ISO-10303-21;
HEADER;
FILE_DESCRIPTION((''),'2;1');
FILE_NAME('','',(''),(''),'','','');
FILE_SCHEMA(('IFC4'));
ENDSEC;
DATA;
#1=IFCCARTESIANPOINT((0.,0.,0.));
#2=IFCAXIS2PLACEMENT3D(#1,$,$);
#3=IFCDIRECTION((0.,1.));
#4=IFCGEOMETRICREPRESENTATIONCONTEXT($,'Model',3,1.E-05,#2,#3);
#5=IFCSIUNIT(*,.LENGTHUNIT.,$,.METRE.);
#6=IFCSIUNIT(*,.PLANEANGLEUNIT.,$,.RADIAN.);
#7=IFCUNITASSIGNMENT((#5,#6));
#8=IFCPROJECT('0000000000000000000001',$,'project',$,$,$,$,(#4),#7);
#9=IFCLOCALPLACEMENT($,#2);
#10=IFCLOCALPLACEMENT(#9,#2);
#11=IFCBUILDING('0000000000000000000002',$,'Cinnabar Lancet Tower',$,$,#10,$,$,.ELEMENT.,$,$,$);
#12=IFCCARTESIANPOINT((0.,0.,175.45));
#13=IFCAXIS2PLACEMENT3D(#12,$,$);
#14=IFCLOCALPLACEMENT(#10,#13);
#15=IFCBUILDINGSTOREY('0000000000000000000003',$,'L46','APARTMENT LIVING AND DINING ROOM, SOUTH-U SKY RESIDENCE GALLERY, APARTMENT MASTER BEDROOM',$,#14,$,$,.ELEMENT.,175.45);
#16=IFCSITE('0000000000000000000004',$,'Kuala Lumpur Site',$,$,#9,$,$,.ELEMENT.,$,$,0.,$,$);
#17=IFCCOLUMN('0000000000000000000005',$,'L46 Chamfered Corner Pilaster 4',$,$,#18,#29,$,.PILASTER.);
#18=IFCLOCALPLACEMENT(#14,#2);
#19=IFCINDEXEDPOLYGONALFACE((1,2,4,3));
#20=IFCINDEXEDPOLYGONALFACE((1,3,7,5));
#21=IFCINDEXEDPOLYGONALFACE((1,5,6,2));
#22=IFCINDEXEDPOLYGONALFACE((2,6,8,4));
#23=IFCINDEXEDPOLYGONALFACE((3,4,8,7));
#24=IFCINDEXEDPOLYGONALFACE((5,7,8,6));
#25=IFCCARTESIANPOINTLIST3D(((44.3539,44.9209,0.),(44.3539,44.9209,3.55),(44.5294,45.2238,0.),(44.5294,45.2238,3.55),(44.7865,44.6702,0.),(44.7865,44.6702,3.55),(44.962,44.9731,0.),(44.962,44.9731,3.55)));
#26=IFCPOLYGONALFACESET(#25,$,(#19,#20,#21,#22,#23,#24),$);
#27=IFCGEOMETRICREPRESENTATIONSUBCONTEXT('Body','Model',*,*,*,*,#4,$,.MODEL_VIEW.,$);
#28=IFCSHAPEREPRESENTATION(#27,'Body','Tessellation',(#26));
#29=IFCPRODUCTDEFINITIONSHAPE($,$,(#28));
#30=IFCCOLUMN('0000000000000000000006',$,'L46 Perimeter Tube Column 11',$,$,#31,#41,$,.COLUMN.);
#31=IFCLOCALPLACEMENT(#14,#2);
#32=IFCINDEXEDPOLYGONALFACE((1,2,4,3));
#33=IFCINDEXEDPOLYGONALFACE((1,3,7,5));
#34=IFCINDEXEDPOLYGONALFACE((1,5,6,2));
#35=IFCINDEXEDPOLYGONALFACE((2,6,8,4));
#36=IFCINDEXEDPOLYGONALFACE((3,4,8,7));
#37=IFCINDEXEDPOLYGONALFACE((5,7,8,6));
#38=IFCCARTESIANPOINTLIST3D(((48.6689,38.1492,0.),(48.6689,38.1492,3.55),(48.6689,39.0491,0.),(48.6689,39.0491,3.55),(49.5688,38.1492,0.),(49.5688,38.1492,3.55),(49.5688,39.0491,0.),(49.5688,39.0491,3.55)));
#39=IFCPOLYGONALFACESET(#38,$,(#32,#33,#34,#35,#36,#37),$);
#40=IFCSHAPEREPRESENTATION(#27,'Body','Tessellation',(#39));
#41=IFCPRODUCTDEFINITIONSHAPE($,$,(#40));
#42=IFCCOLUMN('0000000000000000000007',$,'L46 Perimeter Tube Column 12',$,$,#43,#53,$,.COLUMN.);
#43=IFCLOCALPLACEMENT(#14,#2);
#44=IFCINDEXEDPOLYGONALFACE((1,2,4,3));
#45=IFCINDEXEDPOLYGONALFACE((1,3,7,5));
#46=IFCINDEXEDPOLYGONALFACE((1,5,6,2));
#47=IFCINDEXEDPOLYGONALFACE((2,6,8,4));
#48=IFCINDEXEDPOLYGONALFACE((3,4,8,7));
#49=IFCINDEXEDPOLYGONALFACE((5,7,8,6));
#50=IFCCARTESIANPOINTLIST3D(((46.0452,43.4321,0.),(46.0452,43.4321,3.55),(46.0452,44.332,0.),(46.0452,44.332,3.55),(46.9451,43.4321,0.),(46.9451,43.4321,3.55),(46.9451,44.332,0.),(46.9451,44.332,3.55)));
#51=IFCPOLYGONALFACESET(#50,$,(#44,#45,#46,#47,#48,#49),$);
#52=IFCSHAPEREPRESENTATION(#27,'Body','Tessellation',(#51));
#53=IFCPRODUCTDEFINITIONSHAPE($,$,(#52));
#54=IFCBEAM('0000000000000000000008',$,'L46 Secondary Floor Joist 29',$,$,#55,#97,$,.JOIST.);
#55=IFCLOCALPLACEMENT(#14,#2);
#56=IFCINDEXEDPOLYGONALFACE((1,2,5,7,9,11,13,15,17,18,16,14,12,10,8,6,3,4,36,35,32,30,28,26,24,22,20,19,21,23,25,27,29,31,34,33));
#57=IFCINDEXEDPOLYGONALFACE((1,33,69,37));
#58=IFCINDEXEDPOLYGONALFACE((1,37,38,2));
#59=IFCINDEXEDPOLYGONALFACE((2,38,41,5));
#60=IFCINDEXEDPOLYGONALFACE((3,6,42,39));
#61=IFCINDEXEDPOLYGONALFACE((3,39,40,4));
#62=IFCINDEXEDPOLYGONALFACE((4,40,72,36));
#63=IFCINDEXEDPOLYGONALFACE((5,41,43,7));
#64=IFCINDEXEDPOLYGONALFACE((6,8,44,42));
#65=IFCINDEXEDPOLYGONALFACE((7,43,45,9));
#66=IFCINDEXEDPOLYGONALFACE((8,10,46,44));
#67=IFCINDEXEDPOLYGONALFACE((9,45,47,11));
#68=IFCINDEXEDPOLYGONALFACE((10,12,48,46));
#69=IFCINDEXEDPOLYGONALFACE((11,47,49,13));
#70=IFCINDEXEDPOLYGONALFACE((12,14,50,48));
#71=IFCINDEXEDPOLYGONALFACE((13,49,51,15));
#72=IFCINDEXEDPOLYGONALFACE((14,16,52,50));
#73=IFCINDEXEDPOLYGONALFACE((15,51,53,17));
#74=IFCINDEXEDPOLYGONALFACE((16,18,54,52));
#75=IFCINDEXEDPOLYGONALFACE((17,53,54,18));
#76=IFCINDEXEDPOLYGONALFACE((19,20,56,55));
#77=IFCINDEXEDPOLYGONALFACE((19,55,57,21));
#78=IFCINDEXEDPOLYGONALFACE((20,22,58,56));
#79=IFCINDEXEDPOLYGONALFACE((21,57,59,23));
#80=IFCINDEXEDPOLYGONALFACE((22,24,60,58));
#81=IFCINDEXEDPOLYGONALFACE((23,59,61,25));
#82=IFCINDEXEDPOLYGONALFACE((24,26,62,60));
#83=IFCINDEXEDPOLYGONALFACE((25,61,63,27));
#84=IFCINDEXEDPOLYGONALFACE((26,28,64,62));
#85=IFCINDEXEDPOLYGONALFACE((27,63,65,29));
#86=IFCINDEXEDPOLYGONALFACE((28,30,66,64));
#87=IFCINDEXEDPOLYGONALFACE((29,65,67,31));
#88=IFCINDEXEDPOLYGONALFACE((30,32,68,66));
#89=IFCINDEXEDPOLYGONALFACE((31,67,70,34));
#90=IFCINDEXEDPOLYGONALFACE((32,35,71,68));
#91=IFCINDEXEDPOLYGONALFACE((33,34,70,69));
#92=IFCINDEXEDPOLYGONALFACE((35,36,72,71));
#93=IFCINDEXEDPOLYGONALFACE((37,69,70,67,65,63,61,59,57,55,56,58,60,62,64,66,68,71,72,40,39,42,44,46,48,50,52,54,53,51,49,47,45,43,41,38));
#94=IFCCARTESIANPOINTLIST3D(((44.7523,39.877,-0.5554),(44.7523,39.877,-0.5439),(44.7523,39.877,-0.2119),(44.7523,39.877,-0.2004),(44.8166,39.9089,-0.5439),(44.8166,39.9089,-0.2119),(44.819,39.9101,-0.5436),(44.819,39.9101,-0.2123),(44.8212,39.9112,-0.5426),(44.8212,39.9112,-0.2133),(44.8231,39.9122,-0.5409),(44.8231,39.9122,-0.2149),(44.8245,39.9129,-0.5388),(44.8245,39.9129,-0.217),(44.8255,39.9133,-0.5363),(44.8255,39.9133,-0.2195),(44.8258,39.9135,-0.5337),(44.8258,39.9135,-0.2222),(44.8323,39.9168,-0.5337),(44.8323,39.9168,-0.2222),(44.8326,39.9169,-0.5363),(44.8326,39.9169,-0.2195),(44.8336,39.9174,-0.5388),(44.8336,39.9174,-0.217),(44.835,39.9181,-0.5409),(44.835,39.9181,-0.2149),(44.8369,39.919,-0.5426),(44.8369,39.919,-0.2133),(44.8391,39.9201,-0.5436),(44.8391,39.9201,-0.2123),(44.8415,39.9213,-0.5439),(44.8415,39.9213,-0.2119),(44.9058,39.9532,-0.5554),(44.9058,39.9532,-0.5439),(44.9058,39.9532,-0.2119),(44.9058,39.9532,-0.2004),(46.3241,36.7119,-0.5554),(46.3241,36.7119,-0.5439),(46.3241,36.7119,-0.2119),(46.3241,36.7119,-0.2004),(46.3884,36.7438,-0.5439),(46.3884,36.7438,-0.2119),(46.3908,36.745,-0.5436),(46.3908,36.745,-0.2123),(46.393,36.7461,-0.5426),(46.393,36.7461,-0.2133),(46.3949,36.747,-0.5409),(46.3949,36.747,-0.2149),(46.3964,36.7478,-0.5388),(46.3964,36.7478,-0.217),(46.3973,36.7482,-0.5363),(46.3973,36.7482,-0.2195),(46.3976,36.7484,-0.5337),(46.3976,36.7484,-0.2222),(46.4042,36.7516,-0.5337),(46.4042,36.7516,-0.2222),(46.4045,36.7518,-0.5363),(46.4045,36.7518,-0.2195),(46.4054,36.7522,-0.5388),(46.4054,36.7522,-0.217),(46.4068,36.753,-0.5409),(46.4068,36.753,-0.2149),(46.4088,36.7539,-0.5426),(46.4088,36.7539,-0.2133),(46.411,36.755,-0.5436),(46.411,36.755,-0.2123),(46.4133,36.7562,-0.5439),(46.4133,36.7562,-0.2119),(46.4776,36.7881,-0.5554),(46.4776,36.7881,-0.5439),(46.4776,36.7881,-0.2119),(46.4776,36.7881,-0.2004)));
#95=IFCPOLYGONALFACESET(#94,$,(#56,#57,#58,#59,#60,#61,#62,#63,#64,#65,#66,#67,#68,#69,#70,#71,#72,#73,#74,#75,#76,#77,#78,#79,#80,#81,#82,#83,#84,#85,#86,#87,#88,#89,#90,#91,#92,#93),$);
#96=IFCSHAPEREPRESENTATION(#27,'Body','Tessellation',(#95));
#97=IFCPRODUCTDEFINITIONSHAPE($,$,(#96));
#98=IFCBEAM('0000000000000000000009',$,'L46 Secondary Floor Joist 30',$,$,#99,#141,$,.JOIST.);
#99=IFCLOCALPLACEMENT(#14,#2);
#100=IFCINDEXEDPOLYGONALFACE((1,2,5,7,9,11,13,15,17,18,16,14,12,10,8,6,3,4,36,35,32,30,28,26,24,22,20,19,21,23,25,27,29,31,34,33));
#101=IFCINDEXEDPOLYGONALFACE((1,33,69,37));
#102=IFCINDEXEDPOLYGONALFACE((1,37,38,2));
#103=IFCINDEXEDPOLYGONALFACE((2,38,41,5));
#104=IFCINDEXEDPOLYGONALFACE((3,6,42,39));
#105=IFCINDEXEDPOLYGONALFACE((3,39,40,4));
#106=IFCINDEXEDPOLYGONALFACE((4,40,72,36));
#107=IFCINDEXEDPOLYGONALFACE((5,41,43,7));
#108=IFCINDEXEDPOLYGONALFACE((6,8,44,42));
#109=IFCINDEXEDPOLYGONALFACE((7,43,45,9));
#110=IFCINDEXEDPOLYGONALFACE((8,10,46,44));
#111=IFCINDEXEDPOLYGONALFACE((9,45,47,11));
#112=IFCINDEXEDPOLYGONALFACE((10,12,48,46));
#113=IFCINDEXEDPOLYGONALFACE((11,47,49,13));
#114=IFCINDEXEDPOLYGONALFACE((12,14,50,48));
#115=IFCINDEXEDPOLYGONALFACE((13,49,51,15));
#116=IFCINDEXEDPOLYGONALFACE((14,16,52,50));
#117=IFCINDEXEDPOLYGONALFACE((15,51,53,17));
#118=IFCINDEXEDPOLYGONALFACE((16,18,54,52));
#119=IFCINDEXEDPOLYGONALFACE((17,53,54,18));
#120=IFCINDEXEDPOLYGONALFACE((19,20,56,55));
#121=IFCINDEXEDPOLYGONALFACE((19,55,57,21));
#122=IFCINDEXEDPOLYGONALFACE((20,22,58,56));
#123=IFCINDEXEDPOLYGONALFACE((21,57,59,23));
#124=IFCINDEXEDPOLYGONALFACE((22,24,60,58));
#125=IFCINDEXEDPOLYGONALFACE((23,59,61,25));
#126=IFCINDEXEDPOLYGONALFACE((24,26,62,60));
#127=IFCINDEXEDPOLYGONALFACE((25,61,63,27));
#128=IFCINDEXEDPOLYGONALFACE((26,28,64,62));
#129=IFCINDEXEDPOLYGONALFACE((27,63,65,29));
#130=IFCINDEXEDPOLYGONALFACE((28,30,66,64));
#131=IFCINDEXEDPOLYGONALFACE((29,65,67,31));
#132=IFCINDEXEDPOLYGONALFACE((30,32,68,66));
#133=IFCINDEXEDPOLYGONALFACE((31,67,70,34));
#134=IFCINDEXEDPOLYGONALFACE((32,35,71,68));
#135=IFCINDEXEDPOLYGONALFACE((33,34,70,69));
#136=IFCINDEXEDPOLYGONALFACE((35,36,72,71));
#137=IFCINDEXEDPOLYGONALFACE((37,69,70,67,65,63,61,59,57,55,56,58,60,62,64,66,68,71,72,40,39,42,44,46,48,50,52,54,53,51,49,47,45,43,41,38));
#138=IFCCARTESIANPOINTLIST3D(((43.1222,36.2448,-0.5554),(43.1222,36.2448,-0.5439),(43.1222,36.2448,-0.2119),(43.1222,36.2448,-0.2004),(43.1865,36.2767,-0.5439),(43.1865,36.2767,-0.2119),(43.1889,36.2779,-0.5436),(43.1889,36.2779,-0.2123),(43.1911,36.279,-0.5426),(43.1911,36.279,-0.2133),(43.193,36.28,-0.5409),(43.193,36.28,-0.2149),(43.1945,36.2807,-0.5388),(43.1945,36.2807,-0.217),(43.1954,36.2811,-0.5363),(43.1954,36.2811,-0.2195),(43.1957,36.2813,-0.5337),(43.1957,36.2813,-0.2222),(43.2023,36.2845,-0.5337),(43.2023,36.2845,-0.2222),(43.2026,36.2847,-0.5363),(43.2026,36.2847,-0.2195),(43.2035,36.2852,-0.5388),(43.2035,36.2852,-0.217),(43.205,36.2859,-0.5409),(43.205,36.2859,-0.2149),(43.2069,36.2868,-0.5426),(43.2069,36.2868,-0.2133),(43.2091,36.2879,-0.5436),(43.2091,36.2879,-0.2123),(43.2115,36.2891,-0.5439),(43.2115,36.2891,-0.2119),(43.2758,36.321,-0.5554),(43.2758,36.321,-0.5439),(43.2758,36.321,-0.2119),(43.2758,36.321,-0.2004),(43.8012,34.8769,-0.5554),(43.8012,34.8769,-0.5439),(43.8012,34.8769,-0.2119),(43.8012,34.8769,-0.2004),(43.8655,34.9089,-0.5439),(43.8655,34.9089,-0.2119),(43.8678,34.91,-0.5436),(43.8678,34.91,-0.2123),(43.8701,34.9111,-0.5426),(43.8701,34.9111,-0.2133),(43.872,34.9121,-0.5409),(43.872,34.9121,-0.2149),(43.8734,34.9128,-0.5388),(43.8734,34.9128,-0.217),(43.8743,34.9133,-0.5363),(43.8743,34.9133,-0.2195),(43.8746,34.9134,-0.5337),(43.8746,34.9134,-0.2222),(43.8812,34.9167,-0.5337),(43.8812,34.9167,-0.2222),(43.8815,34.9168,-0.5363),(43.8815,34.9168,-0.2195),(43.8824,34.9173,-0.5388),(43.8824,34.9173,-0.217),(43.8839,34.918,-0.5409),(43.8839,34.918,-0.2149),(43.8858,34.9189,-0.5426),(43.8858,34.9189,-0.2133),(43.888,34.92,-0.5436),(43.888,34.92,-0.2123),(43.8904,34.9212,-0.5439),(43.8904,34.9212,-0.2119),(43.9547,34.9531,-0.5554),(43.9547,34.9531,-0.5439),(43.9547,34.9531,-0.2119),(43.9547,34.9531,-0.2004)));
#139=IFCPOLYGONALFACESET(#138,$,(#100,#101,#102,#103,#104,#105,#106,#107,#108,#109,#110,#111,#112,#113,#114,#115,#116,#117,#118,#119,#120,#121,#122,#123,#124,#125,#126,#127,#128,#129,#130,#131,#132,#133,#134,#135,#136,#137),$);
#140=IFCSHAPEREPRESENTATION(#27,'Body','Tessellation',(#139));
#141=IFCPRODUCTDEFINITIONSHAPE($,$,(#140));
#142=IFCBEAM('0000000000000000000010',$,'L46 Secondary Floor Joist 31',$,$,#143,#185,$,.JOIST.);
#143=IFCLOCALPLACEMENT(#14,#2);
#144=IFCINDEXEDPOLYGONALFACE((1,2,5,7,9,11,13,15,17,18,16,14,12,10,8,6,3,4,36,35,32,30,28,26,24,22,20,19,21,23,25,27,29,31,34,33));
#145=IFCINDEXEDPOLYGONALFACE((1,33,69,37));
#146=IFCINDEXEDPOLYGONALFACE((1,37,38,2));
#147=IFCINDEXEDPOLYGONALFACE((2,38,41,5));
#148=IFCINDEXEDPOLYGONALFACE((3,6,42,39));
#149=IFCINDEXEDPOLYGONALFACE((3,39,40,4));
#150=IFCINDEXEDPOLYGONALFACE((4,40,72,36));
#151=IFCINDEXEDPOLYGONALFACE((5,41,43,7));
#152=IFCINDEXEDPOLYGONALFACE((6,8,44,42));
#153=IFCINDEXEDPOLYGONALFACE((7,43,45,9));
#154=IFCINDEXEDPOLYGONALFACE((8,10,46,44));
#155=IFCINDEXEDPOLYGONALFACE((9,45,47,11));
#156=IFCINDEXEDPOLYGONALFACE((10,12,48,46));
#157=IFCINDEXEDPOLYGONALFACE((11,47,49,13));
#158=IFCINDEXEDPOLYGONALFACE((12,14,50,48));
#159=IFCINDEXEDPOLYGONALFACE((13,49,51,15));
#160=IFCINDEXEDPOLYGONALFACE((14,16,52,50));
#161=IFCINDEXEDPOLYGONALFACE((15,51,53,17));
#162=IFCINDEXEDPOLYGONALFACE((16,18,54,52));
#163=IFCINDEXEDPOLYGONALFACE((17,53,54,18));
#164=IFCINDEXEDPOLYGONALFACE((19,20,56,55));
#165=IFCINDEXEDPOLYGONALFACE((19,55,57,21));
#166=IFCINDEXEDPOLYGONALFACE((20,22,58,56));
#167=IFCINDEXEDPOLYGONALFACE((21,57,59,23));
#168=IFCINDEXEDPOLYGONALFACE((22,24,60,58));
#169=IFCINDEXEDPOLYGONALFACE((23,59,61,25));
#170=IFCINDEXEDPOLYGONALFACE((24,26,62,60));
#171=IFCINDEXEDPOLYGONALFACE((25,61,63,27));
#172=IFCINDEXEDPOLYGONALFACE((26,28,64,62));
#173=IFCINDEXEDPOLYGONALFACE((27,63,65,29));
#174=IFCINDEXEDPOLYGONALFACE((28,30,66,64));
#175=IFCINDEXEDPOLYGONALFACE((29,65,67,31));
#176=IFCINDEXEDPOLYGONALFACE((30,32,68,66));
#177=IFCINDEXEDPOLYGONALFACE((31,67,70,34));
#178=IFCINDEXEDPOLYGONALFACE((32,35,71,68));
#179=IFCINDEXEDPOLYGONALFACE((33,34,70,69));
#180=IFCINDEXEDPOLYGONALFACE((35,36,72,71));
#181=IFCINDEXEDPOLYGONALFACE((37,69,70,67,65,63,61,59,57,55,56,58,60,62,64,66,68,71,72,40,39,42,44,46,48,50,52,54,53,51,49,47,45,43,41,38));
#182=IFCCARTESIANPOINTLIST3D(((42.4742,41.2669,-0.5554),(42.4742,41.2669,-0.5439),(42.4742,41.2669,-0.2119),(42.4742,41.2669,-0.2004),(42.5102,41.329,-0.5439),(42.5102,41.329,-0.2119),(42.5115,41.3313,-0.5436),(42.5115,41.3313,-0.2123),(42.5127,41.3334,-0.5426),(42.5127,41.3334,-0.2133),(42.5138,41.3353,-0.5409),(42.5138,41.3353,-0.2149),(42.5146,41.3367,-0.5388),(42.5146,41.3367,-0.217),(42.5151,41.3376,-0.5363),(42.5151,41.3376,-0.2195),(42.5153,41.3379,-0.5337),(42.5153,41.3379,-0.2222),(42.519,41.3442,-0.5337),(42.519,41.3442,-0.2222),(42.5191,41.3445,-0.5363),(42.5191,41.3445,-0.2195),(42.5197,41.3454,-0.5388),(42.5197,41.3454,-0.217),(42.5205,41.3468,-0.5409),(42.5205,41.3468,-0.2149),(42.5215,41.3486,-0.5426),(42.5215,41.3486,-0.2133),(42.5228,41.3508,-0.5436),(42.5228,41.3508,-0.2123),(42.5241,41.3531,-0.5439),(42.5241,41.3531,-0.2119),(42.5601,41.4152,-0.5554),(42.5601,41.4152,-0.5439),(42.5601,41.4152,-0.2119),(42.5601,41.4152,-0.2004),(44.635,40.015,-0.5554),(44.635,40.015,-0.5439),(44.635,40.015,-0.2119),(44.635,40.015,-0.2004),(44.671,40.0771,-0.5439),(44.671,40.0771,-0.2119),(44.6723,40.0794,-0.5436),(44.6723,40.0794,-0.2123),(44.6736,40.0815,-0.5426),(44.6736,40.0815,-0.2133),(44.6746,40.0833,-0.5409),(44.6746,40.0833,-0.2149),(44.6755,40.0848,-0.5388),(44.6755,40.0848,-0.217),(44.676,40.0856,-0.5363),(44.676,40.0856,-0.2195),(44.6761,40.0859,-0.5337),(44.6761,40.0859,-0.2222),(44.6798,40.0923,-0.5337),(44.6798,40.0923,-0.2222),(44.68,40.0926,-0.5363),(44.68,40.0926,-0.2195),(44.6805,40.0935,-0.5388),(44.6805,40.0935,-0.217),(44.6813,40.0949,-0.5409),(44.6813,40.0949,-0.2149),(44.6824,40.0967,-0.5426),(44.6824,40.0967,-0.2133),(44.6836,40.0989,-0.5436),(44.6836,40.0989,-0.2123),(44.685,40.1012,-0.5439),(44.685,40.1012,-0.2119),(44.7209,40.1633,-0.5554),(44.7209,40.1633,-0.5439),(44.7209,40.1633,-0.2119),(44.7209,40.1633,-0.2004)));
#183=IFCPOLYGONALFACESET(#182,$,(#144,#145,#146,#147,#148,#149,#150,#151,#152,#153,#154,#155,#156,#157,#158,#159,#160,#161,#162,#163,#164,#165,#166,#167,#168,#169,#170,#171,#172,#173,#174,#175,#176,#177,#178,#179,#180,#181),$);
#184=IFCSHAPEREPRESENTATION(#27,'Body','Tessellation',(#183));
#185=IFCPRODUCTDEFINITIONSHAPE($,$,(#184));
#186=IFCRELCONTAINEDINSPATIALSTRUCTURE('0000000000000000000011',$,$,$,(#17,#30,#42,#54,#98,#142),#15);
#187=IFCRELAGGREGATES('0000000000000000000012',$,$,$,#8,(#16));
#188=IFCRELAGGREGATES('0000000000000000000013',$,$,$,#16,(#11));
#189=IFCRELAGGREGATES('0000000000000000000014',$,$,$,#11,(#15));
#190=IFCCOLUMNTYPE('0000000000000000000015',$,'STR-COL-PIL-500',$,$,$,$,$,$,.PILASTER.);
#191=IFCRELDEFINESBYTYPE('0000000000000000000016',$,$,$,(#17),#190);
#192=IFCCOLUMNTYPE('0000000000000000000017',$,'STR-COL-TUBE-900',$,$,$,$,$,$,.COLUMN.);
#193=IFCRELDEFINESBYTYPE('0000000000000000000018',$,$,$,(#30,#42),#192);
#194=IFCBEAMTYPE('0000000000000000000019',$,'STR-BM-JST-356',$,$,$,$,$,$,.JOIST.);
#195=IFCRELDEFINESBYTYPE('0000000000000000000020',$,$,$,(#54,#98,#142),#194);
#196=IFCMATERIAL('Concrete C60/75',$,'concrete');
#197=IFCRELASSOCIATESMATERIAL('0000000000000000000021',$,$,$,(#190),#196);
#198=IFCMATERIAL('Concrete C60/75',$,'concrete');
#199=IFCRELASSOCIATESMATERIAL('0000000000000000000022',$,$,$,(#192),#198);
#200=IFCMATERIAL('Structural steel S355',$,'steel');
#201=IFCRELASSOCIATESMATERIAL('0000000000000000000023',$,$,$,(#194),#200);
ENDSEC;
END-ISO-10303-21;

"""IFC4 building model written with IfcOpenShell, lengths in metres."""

from ifc_helpers import new_model, si_unit, direction, frame, origin, origin_2d, place, context, subcontext, project, spatial, rectangle, i_section, extrude, material, material_profile, profile_set, type_object, element, save


model = new_model("IFC4")

# Units and contexts
model_context = context("Model", 3, precision=1e-05, world=origin(), true_north=direction((0.0, 1.0)))
body_context = subcontext(model_context, "Body", "Model", "MODEL_VIEW")
ifc_project = project(units=[si_unit("LENGTHUNIT", "METRE"), si_unit("PLANEANGLEUNIT", "RADIAN")], contexts=[model_context])

# Site, building, storey
site_placement = place(None, origin())
site = spatial("IfcSite", under=ifc_project, at=site_placement, Name="Kuala Lumpur Site", CompositionType="ELEMENT", RefElevation=0.0)
building_placement = place(site_placement, origin())
building = spatial("IfcBuilding", under=site, at=building_placement, Name="Cinnabar Lancet Tower", CompositionType="ELEMENT")
storey_placement = place(building_placement, frame((0.0, 0.0, 175.45)))
storey = spatial("IfcBuildingStorey", under=building, at=storey_placement, Name="L46", Description="APARTMENT LIVING AND DINING ROOM, SOUTH-U SKY RESIDENCE GALLERY, APARTMENT MASTER BEDROOM", CompositionType="ELEMENT", Elevation=175.45)

# Columns
ifc_material_1 = material(Name="Concrete C60/75", Category="concrete")
ifc_material_profile_1 = material_profile(ifc_material_1, rectangle(XDim=0.5, YDim=0.3501, at=origin_2d()), Name="RC-PIL 500x350")
ifc_profile_set_1 = profile_set([ifc_material_profile_1], Name="Concrete C60/75")
column_type_1 = type_object("IfcColumnType", Name="STR-COL-PIL-500", PredefinedType="PILASTER", material=ifc_profile_set_1)
column_placement = place(storey_placement, frame((44.658, 44.947, 0.0), z_axis=(0.0, 0.0, 1.0), x_axis=(-0.86523, 0.501375, 0.0)))
element("IfcColumn", 1, at=column_placement, inside=storey, type_object=column_type_1, Name="L46 Chamfered Corner Pilaster 4", PredefinedType="PILASTER", context=body_context, shape_type="SweptSolid", body=[
    extrude(rectangle(XDim=0.5, YDim=0.3501, at=origin_2d()), origin(), (0.0, 0.0, 1.0), 3.55),
])
ifc_material_2 = material(Name="Concrete C60/75", Category="concrete")
ifc_material_profile_2 = material_profile(ifc_material_2, rectangle(XDim=0.8999, YDim=0.8999, at=origin_2d()), Name="RC-COL 900x900")
ifc_profile_set_2 = profile_set([ifc_material_profile_2], Name="Concrete C60/75")
column_type_2 = type_object("IfcColumnType", Name="STR-COL-TUBE-900", PredefinedType="COLUMN", material=ifc_profile_set_2)
for number, where, z_axis, x_axis, name in (
    (2, (49.1189, 38.5991, 0.0), (0.0, 0.0, 1.0), (1.0, 0.0, 0.0), "L46 Perimeter Tube Column 11"),
    (3, (46.4951, 43.8821, 0.0), (0.0, 0.0, 1.0), (1.0, 0.0, 0.0), "L46 Perimeter Tube Column 12"),
):
    element("IfcColumn", number, at=place(storey_placement, frame(where, z_axis=z_axis, x_axis=x_axis)), inside=storey, type_object=column_type_2, Name=name, PredefinedType="COLUMN", context=body_context, shape_type="SweptSolid", body=[
        extrude(rectangle(XDim=0.8999, YDim=0.8999, at=origin_2d()), origin(), (0.0, 0.0, 1.0), 3.55),
    ])

# Beams
ifc_material_3 = material(Name="Structural steel S355", Category="steel")
ifc_material_profile_3 = material_profile(ifc_material_3, i_section(OverallWidth=0.1714, OverallDepth=0.355, WebThickness=0.0073, FlangeThickness=0.0115, FilletRadius=0.0103, at=origin_2d()), Name="UKB 356x171x51")
ifc_profile_set_3 = profile_set([ifc_material_profile_3], Name="Structural steel S355")
beam_type_1 = type_object("IfcBeamType", Name="STR-BM-JST-356", PredefinedType="JOIST", material=ifc_profile_set_3)
beam_1_placement = place(storey_placement, frame((46.4009, 36.75, -0.3779), z_axis=(-0.44478, 0.89564, 0.0), x_axis=(-0.89564, -0.44478, 0.0)))
element("IfcBeam", 4, at=beam_1_placement, inside=storey, type_object=beam_type_1, Name="L46 Secondary Floor Joist 29", PredefinedType="JOIST", context=body_context, shape_type="SweptSolid", body=[
    extrude(i_section(OverallWidth=0.1714, OverallDepth=0.355, WebThickness=0.0073, FlangeThickness=0.0115, FilletRadius=0.0103, at=origin_2d()), origin(), (0.0, 0.0, 1.0), 3.5339),
])
beam_2_placement = place(storey_placement, frame((43.8779, 34.915, -0.3779), z_axis=(-0.44459, 0.895734, 0.0), x_axis=(-0.895734, -0.44459, 0.0)))
element("IfcBeam", 5, at=beam_2_placement, inside=storey, type_object=beam_type_1, Name="L46 Secondary Floor Joist 30", PredefinedType="JOIST", context=body_context, shape_type="SweptSolid", body=[
    extrude(i_section(OverallWidth=0.1714, OverallDepth=0.355, WebThickness=0.0073, FlangeThickness=0.0115, FilletRadius=0.0103, at=origin_2d()), origin(), (0.0, 0.0, 1.0), 1.5271),
])
beam_3_placement = place(storey_placement, frame((44.678, 40.0891, -0.3779), z_axis=(-0.865268, 0.50131, 0.0), x_axis=(-0.50131, -0.865268, 0.0)))
element("IfcBeam", 6, at=beam_3_placement, inside=storey, type_object=beam_type_1, Name="L46 Secondary Floor Joist 31", PredefinedType="JOIST", context=body_context, shape_type="SweptSolid", body=[
    extrude(i_section(OverallWidth=0.1714, OverallDepth=0.355, WebThickness=0.0073, FlangeThickness=0.0115, FilletRadius=0.0103, at=origin_2d()), origin(), (0.0, 0.0, 1.0), 2.4973),
])

save(model, "model.ifc")
